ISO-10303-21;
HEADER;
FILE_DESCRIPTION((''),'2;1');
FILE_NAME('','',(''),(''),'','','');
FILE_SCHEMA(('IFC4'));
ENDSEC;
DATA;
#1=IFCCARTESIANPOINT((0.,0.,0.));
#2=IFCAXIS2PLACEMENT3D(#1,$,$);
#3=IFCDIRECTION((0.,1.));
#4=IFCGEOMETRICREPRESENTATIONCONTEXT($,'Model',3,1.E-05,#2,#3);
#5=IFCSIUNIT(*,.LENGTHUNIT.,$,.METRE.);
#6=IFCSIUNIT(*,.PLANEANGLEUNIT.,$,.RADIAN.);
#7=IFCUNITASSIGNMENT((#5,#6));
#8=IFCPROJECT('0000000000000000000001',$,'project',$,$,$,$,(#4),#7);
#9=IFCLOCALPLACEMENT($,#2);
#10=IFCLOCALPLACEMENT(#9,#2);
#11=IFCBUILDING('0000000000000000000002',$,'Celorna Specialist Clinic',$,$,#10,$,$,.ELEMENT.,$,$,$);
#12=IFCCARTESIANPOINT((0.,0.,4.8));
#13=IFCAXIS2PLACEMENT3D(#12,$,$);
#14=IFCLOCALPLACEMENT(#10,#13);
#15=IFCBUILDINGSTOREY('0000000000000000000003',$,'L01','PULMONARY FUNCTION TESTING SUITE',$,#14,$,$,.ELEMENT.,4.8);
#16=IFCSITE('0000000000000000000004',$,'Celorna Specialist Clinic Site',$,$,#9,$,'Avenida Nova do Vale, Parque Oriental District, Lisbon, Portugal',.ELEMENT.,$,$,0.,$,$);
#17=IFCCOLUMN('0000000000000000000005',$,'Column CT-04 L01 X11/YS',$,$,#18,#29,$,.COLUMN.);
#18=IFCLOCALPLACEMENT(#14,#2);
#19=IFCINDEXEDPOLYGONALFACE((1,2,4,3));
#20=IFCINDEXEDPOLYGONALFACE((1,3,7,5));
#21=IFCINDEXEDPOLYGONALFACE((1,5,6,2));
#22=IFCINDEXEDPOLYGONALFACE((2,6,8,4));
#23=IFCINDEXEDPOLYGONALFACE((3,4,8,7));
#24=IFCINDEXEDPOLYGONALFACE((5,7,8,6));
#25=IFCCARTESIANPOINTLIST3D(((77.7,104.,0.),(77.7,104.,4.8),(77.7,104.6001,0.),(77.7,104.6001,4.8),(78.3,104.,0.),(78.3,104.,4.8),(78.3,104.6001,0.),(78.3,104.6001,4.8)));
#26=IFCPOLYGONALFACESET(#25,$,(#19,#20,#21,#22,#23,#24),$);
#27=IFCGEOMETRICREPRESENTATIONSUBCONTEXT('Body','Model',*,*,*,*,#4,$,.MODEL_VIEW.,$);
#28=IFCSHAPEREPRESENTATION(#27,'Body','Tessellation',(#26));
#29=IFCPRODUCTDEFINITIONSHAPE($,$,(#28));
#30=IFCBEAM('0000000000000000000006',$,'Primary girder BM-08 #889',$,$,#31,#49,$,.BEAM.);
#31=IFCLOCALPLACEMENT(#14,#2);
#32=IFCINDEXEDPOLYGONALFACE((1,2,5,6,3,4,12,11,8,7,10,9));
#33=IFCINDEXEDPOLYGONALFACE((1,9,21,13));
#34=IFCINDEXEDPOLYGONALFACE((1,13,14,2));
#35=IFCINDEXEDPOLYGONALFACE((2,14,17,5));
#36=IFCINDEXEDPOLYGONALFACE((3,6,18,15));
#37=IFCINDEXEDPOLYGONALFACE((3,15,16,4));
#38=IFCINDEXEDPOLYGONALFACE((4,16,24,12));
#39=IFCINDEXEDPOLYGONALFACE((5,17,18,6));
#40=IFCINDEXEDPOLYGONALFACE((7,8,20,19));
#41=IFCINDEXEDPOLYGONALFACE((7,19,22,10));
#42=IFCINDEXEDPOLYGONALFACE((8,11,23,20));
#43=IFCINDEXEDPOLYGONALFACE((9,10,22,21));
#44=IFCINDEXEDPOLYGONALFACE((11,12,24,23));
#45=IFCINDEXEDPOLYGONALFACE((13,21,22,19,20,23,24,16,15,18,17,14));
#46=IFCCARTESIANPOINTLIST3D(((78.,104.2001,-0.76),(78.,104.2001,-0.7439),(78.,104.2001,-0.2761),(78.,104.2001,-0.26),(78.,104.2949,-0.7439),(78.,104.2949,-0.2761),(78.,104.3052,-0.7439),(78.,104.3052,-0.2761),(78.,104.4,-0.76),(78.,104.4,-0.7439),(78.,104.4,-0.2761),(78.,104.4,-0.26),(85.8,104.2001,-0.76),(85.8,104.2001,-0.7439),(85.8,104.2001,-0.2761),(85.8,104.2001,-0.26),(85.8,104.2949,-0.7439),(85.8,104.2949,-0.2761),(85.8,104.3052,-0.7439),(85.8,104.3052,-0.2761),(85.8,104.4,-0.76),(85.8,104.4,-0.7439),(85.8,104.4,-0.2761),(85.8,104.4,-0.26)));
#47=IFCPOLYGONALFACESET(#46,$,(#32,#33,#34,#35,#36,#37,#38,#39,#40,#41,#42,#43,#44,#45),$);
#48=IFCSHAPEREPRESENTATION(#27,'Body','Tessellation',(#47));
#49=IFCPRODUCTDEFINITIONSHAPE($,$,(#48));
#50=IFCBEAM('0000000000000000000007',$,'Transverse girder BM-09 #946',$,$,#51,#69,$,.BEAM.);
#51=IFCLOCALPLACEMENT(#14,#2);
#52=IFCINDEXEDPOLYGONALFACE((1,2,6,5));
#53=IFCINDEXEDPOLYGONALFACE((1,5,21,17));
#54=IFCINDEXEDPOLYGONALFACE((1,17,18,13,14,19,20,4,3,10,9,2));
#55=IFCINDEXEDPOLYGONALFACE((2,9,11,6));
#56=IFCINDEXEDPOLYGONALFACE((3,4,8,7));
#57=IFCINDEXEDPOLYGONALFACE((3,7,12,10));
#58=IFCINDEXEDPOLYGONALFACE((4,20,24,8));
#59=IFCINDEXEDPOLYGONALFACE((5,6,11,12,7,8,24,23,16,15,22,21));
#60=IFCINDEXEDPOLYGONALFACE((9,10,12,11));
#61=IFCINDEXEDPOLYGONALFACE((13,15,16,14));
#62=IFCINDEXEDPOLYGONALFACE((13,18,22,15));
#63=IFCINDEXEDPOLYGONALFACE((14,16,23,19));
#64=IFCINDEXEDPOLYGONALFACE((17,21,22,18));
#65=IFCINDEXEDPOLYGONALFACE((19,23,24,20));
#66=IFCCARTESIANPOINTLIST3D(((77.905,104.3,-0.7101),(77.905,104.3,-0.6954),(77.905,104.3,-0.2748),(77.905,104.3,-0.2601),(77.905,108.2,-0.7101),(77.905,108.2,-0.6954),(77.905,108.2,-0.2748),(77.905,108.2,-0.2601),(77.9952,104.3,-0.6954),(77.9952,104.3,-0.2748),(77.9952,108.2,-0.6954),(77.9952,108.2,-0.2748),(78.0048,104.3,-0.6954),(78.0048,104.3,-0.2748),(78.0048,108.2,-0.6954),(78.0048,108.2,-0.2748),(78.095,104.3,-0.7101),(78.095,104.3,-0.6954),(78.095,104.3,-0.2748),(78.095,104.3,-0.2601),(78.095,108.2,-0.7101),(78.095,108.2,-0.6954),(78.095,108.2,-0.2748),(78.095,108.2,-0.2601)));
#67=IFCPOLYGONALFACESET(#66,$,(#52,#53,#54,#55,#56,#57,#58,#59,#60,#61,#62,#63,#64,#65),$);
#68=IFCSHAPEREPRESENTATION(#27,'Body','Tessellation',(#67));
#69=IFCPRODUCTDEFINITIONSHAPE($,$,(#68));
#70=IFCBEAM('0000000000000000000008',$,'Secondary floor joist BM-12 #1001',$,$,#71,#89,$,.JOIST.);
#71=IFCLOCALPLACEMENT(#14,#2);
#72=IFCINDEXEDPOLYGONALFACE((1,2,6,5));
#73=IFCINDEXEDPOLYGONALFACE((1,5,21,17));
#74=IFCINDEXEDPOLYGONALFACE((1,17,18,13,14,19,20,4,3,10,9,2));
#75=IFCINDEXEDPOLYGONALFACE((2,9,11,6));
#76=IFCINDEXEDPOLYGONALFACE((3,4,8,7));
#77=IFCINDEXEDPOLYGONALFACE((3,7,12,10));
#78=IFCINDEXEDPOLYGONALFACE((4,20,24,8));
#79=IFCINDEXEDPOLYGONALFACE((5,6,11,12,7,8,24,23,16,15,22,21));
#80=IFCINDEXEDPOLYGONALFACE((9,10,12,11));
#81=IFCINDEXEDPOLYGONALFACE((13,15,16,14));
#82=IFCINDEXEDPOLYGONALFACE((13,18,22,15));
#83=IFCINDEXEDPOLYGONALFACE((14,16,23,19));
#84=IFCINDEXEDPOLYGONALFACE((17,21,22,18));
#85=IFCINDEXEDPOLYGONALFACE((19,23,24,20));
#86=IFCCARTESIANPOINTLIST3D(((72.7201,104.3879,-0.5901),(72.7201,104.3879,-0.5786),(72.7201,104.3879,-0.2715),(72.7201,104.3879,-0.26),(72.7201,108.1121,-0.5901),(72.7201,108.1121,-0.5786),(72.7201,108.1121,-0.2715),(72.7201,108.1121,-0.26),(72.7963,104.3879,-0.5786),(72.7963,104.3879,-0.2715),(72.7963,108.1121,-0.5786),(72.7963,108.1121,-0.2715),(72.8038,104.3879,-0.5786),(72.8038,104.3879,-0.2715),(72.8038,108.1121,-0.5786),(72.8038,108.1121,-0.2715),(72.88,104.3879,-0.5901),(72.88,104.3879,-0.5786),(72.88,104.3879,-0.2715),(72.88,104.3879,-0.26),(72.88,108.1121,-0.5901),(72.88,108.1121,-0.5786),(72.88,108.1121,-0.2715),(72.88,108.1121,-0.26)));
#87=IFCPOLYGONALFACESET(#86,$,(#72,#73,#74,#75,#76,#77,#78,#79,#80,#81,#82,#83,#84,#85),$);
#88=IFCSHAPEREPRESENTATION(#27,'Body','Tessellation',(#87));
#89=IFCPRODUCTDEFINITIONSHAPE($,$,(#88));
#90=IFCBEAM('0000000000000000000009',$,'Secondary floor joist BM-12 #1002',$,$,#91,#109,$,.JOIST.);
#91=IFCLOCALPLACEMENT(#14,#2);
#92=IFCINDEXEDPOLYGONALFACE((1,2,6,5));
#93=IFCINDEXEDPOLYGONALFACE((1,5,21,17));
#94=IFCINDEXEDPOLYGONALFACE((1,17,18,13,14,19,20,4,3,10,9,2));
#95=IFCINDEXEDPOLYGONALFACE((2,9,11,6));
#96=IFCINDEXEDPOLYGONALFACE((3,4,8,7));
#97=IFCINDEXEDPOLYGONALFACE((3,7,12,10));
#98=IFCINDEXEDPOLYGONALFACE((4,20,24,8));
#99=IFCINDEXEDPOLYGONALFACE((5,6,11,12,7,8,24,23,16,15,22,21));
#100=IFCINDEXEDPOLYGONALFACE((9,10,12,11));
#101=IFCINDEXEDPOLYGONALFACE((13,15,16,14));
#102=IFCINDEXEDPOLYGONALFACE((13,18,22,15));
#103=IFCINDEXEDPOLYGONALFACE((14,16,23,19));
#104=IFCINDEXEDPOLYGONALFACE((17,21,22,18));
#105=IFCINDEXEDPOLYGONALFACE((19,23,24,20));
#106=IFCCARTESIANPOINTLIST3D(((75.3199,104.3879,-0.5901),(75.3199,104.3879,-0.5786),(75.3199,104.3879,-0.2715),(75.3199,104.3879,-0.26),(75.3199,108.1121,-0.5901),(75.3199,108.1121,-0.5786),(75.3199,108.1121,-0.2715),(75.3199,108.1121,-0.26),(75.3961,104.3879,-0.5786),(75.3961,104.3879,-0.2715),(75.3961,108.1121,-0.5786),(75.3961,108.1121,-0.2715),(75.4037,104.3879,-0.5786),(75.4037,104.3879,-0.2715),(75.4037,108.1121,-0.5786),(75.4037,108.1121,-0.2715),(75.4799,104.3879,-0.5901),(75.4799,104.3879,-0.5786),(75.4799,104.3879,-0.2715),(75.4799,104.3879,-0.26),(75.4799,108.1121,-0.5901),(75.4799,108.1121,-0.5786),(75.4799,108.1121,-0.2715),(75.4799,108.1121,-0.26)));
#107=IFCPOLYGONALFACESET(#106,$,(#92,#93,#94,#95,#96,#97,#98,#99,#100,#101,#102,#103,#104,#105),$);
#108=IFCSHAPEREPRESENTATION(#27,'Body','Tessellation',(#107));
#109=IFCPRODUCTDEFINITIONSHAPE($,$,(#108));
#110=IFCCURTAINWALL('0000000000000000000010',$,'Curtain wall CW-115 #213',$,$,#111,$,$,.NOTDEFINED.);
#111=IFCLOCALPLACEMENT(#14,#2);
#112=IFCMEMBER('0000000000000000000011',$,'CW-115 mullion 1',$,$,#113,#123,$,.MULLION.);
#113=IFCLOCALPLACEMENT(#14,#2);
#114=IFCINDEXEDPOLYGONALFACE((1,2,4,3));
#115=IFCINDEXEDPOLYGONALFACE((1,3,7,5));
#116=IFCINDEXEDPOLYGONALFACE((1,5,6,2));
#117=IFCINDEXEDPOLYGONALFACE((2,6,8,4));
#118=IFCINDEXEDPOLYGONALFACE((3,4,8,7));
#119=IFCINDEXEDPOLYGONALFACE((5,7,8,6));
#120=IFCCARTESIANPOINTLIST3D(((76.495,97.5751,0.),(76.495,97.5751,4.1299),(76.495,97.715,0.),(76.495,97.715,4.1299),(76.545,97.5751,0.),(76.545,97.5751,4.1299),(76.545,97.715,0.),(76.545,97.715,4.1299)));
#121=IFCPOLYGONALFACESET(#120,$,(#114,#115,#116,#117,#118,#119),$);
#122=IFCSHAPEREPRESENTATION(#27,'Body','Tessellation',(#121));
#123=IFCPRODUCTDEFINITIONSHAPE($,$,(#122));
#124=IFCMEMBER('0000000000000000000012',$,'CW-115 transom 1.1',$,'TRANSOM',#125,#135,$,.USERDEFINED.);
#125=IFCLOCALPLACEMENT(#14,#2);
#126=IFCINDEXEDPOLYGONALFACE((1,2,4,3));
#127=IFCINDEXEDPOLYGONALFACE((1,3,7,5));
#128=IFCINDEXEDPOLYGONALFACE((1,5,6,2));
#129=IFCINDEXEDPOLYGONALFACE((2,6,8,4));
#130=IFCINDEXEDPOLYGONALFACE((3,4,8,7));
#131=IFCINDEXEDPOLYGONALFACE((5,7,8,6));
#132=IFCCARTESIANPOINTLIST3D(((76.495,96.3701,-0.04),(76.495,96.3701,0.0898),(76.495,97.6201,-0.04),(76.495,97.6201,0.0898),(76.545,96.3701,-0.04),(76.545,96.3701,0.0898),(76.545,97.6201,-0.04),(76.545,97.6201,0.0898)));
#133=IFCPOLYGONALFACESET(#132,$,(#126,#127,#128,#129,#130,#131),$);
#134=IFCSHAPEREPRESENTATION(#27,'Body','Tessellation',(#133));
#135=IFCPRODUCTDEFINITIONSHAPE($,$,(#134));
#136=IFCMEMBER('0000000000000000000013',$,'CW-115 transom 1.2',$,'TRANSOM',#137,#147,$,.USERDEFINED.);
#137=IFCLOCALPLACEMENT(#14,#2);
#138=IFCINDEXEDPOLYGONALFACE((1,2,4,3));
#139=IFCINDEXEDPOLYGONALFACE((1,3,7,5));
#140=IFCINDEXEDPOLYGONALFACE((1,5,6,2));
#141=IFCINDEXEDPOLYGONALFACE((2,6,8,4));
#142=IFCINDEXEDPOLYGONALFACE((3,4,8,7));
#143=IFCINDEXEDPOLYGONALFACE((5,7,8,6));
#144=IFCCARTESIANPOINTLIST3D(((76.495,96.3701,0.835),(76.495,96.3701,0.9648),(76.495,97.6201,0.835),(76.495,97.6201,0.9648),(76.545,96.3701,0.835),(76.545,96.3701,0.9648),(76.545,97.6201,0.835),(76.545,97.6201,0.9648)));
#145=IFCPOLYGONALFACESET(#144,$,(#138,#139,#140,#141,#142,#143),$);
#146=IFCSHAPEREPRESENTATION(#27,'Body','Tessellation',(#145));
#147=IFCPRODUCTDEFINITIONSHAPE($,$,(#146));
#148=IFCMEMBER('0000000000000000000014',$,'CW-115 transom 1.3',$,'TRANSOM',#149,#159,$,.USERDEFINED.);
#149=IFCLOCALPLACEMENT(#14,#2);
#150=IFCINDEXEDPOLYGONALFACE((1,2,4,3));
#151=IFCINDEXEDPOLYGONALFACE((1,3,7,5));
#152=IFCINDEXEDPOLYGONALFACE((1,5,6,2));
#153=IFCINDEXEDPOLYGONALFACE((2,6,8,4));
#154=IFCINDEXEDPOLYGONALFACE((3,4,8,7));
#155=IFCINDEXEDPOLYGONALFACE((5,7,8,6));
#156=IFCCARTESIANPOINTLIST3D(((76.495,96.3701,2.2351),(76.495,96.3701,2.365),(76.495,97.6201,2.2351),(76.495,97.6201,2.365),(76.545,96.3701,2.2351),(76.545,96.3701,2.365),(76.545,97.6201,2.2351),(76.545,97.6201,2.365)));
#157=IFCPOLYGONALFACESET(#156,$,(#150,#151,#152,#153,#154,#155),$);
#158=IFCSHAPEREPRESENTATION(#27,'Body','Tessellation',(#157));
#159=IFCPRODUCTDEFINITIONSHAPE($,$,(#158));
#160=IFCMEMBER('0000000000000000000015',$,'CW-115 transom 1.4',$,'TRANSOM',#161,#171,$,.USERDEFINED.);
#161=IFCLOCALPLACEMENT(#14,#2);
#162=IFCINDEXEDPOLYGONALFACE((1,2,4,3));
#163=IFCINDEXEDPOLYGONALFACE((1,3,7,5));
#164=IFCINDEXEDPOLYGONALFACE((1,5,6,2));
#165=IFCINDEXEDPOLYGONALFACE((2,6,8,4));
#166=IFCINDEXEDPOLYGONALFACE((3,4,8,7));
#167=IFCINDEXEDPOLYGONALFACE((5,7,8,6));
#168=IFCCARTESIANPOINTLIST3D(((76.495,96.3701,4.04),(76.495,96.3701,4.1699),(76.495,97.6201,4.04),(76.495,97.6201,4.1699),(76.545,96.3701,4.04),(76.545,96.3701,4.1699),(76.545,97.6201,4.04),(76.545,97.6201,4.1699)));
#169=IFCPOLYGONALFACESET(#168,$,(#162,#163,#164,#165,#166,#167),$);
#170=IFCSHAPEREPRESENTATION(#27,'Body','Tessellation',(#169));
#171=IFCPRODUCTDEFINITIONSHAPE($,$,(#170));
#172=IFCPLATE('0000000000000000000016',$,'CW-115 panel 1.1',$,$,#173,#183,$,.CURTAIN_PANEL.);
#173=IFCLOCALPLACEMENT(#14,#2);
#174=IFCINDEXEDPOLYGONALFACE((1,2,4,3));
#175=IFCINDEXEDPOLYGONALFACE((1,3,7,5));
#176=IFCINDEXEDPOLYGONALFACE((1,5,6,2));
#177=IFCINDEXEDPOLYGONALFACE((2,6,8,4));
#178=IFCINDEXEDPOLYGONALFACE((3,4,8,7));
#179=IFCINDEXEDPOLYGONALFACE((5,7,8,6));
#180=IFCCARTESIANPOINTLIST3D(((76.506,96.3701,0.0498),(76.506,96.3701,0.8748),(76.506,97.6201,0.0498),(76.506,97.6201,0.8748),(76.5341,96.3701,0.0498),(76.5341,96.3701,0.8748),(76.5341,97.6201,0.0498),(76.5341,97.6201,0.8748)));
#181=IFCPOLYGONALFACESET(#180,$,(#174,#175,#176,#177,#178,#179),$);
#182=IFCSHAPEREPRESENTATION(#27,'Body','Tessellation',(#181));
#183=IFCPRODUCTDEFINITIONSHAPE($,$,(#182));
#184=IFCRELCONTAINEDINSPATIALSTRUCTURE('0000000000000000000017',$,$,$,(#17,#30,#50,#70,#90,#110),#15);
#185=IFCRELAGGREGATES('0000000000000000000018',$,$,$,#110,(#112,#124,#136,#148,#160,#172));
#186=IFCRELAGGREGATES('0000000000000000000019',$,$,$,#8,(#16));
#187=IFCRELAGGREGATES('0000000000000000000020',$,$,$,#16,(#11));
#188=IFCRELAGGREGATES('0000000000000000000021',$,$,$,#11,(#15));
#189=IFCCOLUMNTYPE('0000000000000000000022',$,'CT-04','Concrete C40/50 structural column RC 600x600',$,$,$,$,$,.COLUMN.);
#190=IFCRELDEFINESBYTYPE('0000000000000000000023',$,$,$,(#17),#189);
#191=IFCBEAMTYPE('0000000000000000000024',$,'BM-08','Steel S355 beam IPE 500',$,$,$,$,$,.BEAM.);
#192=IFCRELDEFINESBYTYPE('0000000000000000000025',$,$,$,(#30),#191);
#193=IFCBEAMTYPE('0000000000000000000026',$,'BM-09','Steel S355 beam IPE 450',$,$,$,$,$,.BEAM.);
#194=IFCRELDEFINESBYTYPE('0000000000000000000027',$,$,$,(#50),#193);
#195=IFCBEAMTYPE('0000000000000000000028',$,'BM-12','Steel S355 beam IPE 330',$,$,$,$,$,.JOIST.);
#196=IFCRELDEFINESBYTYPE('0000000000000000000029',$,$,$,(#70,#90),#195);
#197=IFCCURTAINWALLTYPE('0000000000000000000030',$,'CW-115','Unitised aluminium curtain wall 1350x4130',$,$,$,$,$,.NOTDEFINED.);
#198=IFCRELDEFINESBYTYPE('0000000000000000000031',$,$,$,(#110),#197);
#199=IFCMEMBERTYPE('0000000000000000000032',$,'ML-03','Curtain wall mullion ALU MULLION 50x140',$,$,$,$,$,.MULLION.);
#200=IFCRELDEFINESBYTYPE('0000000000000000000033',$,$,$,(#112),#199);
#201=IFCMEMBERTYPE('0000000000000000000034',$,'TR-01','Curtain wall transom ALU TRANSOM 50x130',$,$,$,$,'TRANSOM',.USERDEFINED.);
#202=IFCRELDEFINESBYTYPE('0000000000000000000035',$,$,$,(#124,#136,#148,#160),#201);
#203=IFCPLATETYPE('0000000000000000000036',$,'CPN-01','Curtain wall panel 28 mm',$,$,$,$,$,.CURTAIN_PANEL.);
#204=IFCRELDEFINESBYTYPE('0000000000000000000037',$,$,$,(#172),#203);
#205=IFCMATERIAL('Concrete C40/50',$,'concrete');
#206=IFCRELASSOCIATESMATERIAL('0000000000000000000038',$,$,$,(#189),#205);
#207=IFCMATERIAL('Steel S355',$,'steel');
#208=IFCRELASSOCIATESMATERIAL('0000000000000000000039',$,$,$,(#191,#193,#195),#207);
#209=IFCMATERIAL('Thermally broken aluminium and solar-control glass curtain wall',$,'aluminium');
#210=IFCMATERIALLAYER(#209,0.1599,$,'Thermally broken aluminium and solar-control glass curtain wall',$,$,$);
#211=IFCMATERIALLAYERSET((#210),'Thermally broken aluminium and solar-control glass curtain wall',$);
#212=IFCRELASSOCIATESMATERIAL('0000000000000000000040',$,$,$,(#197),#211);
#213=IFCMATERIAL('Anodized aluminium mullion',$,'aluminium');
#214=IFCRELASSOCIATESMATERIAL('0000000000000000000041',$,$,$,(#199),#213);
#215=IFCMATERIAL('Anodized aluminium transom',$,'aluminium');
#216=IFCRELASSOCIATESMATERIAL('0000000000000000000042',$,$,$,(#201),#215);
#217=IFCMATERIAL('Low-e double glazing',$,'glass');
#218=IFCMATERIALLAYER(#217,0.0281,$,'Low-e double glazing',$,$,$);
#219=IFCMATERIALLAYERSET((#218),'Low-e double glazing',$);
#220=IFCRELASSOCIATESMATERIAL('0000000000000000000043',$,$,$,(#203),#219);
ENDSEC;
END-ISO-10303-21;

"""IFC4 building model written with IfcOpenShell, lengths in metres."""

from ifc_helpers import new_model, si_unit, direction, frame, origin, origin_2d, place, context, subcontext, project, spatial, rectangle, i_section, extrude, material, layer, layer_set, material_profile, profile_set, type_object, element, aggregate, save


model = new_model("IFC4")

# Units and contexts
model_context = context("Model", 3, precision=1e-05, world=origin(), true_north=direction((0.0, 1.0)))
body_context = subcontext(model_context, "Body", "Model", "MODEL_VIEW")
ifc_project = project(units=[si_unit("LENGTHUNIT", "METRE"), si_unit("PLANEANGLEUNIT", "RADIAN")], contexts=[model_context])

# Site, building, storey
site_placement = place(None, origin())
site = spatial("IfcSite", under=ifc_project, at=site_placement, Name="Celorna Specialist Clinic Site", LongName="Avenida Nova do Vale, Parque Oriental District, Lisbon, Portugal", CompositionType="ELEMENT", RefElevation=0.0)
building_placement = place(site_placement, origin())
building = spatial("IfcBuilding", under=site, at=building_placement, Name="Celorna Specialist Clinic", CompositionType="ELEMENT")
storey_placement = place(building_placement, frame((0.0, 0.0, 4.8)))
storey = spatial("IfcBuildingStorey", under=building, at=storey_placement, Name="L01", Description="PULMONARY FUNCTION TESTING SUITE", CompositionType="ELEMENT", Elevation=4.8)

# Column
ifc_material_1 = material(Name="Concrete C40/50", Category="concrete")
ifc_material_profile_1 = material_profile(ifc_material_1, rectangle(XDim=0.6001, YDim=0.6001, at=origin_2d()), Name="RC 600x600")
ifc_profile_set_1 = profile_set([ifc_material_profile_1], Name="Concrete C40/50")
column_type = type_object("IfcColumnType", Name="CT-04", Description="Concrete C40/50 structural column RC 600x600", PredefinedType="COLUMN", material=ifc_profile_set_1)
column_placement = place(storey_placement, frame((78.0, 104.3, 0.0), z_axis=(0.0, 0.0, 1.0), x_axis=(1.0, 0.0, 0.0)))
element("IfcColumn", 1, at=column_placement, inside=storey, type_object=column_type, Name="Column CT-04 L01 X11/YS", PredefinedType="COLUMN", context=body_context, shape_type="SweptSolid", body=[
    extrude(rectangle(XDim=0.6001, YDim=0.6001, at=origin_2d()), origin(), (0.0, 0.0, 1.0), 4.8),
])

# Beams
ifc_material_2 = material(Name="Steel S355", Category="steel")
ifc_material_profile_2 = material_profile(ifc_material_2, i_section(OverallWidth=0.2, OverallDepth=0.5, WebThickness=0.0103, FlangeThickness=0.0161, at=origin_2d()), Name="IPE 500")
ifc_profile_set_2 = profile_set([ifc_material_profile_2], Name="Steel S355")
beam_type_1 = type_object("IfcBeamType", Name="BM-08", Description="Steel S355 beam IPE 500", PredefinedType="BEAM", material=ifc_profile_set_2)
beam_1_placement = place(storey_placement, frame((78.0, 104.3, -0.51), z_axis=(1.0, 0.0, 0.0), x_axis=(0.0, 1.0, 0.0)))
element("IfcBeam", 2, at=beam_1_placement, inside=storey, type_object=beam_type_1, Name="Primary girder BM-08 #889", PredefinedType="BEAM", context=body_context, shape_type="SweptSolid", body=[
    extrude(i_section(OverallWidth=0.2, OverallDepth=0.5, WebThickness=0.0103, FlangeThickness=0.0161, at=origin_2d()), origin(), (0.0, 0.0, 1.0), 7.8),
])
ifc_material_profile_3 = material_profile(ifc_material_2, i_section(OverallWidth=0.1899, OverallDepth=0.45, WebThickness=0.0095, FlangeThickness=0.0146, at=origin_2d()), Name="IPE 450")
ifc_profile_set_3 = profile_set([ifc_material_profile_3], Name="Steel S355")
beam_type_2 = type_object("IfcBeamType", Name="BM-09", Description="Steel S355 beam IPE 450", PredefinedType="BEAM", material=ifc_profile_set_3)
beam_2_placement = place(storey_placement, frame((78.0, 104.3, -0.4851), z_axis=(0.0, 1.0, 0.0), x_axis=(-1.0, 0.0, 0.0)))
element("IfcBeam", 3, at=beam_2_placement, inside=storey, type_object=beam_type_2, Name="Transverse girder BM-09 #946", PredefinedType="BEAM", context=body_context, shape_type="SweptSolid", body=[
    extrude(i_section(OverallWidth=0.1899, OverallDepth=0.45, WebThickness=0.0095, FlangeThickness=0.0146, at=origin_2d()), origin(), (0.0, 0.0, 1.0), 3.8999),
])
ifc_material_profile_4 = material_profile(ifc_material_2, i_section(OverallWidth=0.1599, OverallDepth=0.3301, WebThickness=0.0076, FlangeThickness=0.0115, at=origin_2d()), Name="IPE 330")
ifc_profile_set_4 = profile_set([ifc_material_profile_4], Name="Steel S355")
beam_type_3 = type_object("IfcBeamType", Name="BM-12", Description="Steel S355 beam IPE 330", PredefinedType="JOIST", material=ifc_profile_set_4)
for number, where, z_axis, x_axis, name in (
    (4, (72.8, 104.3879, -0.425), (0.0, 1.0, 0.0), (-1.0, 0.0, 0.0), "Secondary floor joist BM-12 #1001"),
    (5, (75.3999, 104.3879, -0.425), (0.0, 1.0, 0.0), (-1.0, 0.0, 0.0), "Secondary floor joist BM-12 #1002"),
):
    element("IfcBeam", number, at=place(storey_placement, frame(where, z_axis=z_axis, x_axis=x_axis)), inside=storey, type_object=beam_type_3, Name=name, PredefinedType="JOIST", context=body_context, shape_type="SweptSolid", body=[
        extrude(i_section(OverallWidth=0.1599, OverallDepth=0.3301, WebThickness=0.0076, FlangeThickness=0.0115, at=origin_2d()), origin(), (0.0, 0.0, 1.0), 3.7241),
    ])

# Curtain wall, members, plate
ifc_material_3 = material(Name="Thermally broken aluminium and solar-control glass curtain wall", Category="aluminium")
ifc_layer_1 = layer(ifc_material_3, 0.1599, Name="Thermally broken aluminium and solar-control glass curtain wall")
ifc_layer_set_1 = layer_set([ifc_layer_1], Name="Thermally broken aluminium and solar-control glass curtain wall")
curtain_wall_type = type_object("IfcCurtainWallType", Name="CW-115", Description="Unitised aluminium curtain wall 1350x4130", PredefinedType="NOTDEFINED", material=ifc_layer_set_1)
curtain_wall_placement = place(storey_placement, origin())
curtain_wall = element("IfcCurtainWall", 6, at=curtain_wall_placement, inside=storey, type_object=curtain_wall_type, Name="Curtain wall CW-115 #213", PredefinedType="NOTDEFINED")
ifc_material_4 = material(Name="Anodized aluminium mullion", Category="aluminium")
ifc_material_profile_5 = material_profile(ifc_material_4, rectangle(XDim=0.05, YDim=0.1399, at=origin_2d()), Name="ALU MULLION 50x140")
ifc_profile_set_5 = profile_set([ifc_material_profile_5], Name="Anodized aluminium mullion")
member_type_1 = type_object("IfcMemberType", Name="ML-03", Description="Curtain wall mullion ALU MULLION 50x140", PredefinedType="MULLION", material=ifc_profile_set_5)
member_1_placement = place(storey_placement, frame((76.52, 97.645, 0.0), z_axis=(0.0, 0.0, 1.0), x_axis=(1.0, 0.0, 0.0)))
member_1 = element("IfcMember", 7, at=member_1_placement, type_object=member_type_1, Name="CW-115 mullion 1", PredefinedType="MULLION", context=body_context, shape_type="SweptSolid", body=[
    extrude(rectangle(XDim=0.05, YDim=0.1399, at=origin_2d()), origin(), (0.0, 0.0, 1.0), 4.1299),
])
ifc_material_5 = material(Name="Anodized aluminium transom", Category="aluminium")
ifc_material_profile_6 = material_profile(ifc_material_5, rectangle(XDim=0.05, YDim=0.1299, at=origin_2d()), Name="ALU TRANSOM 50x130")
ifc_profile_set_6 = profile_set([ifc_material_profile_6], Name="Anodized aluminium transom")
member_type_2 = type_object("IfcMemberType", Name="TR-01", Description="Curtain wall transom ALU TRANSOM 50x130", ElementType="TRANSOM", PredefinedType="USERDEFINED", material=ifc_profile_set_6)
member_2_placement = place(storey_placement, frame((76.52, 97.6201, 0.0249), z_axis=(0.0, -1.0, 0.0), x_axis=(1.0, 0.0, 0.0)))
member_2 = element("IfcMember", 8, at=member_2_placement, type_object=member_type_2, Name="CW-115 transom 1.1", ObjectType="TRANSOM", PredefinedType="USERDEFINED", context=body_context, shape_type="SweptSolid", body=[
    extrude(rectangle(XDim=0.05, YDim=0.1299, at=origin_2d()), origin(), (0.0, 0.0, 1.0), 1.25),
])
member_3_placement = place(storey_placement, frame((76.52, 97.6201, 0.8999), z_axis=(0.0, -1.0, 0.0), x_axis=(1.0, 0.0, 0.0)))
member_3 = element("IfcMember", 9, at=member_3_placement, type_object=member_type_2, Name="CW-115 transom 1.2", ObjectType="TRANSOM", PredefinedType="USERDEFINED", context=body_context, shape_type="SweptSolid", body=[
    extrude(rectangle(XDim=0.05, YDim=0.1299, at=origin_2d()), origin(), (0.0, 0.0, 1.0), 1.25),
])
member_4_placement = place(storey_placement, frame((76.52, 97.6201, 2.3), z_axis=(0.0, -1.0, 0.0), x_axis=(1.0, 0.0, 0.0)))
member_4 = element("IfcMember", 10, at=member_4_placement, type_object=member_type_2, Name="CW-115 transom 1.3", ObjectType="TRANSOM", PredefinedType="USERDEFINED", context=body_context, shape_type="SweptSolid", body=[
    extrude(rectangle(XDim=0.05, YDim=0.1299, at=origin_2d()), origin(), (0.0, 0.0, 1.0), 1.25),
])
member_5_placement = place(storey_placement, frame((76.52, 97.6201, 4.105), z_axis=(0.0, -1.0, 0.0), x_axis=(1.0, 0.0, 0.0)))
member_5 = element("IfcMember", 11, at=member_5_placement, type_object=member_type_2, Name="CW-115 transom 1.4", ObjectType="TRANSOM", PredefinedType="USERDEFINED", context=body_context, shape_type="SweptSolid", body=[
    extrude(rectangle(XDim=0.05, YDim=0.1299, at=origin_2d()), origin(), (0.0, 0.0, 1.0), 1.25),
])
ifc_material_6 = material(Name="Low-e double glazing", Category="glass")
ifc_layer_2 = layer(ifc_material_6, 0.0281, Name="Low-e double glazing")
ifc_layer_set_2 = layer_set([ifc_layer_2], Name="Low-e double glazing")
plate_type = type_object("IfcPlateType", Name="CPN-01", Description="Curtain wall panel 28 mm", PredefinedType="CURTAIN_PANEL", material=ifc_layer_set_2)
plate_1_placement = place(storey_placement, frame((76.52, 96.9951, 0.0498), z_axis=(0.0, 0.0, 1.0), x_axis=(0.0, -1.0, 0.0)))
plate_1 = element("IfcPlate", 12, at=plate_1_placement, type_object=plate_type, Name="CW-115 panel 1.1", PredefinedType="CURTAIN_PANEL", context=body_context, shape_type="SweptSolid", body=[
    extrude(rectangle(XDim=1.25, YDim=0.0281, at=origin_2d()), origin(), (0.0, 0.0, 1.0), 0.825),
])
aggregate(curtain_wall, [member_1, member_2, member_3, member_4, member_5, plate_1])

save(model, "model.ifc")
